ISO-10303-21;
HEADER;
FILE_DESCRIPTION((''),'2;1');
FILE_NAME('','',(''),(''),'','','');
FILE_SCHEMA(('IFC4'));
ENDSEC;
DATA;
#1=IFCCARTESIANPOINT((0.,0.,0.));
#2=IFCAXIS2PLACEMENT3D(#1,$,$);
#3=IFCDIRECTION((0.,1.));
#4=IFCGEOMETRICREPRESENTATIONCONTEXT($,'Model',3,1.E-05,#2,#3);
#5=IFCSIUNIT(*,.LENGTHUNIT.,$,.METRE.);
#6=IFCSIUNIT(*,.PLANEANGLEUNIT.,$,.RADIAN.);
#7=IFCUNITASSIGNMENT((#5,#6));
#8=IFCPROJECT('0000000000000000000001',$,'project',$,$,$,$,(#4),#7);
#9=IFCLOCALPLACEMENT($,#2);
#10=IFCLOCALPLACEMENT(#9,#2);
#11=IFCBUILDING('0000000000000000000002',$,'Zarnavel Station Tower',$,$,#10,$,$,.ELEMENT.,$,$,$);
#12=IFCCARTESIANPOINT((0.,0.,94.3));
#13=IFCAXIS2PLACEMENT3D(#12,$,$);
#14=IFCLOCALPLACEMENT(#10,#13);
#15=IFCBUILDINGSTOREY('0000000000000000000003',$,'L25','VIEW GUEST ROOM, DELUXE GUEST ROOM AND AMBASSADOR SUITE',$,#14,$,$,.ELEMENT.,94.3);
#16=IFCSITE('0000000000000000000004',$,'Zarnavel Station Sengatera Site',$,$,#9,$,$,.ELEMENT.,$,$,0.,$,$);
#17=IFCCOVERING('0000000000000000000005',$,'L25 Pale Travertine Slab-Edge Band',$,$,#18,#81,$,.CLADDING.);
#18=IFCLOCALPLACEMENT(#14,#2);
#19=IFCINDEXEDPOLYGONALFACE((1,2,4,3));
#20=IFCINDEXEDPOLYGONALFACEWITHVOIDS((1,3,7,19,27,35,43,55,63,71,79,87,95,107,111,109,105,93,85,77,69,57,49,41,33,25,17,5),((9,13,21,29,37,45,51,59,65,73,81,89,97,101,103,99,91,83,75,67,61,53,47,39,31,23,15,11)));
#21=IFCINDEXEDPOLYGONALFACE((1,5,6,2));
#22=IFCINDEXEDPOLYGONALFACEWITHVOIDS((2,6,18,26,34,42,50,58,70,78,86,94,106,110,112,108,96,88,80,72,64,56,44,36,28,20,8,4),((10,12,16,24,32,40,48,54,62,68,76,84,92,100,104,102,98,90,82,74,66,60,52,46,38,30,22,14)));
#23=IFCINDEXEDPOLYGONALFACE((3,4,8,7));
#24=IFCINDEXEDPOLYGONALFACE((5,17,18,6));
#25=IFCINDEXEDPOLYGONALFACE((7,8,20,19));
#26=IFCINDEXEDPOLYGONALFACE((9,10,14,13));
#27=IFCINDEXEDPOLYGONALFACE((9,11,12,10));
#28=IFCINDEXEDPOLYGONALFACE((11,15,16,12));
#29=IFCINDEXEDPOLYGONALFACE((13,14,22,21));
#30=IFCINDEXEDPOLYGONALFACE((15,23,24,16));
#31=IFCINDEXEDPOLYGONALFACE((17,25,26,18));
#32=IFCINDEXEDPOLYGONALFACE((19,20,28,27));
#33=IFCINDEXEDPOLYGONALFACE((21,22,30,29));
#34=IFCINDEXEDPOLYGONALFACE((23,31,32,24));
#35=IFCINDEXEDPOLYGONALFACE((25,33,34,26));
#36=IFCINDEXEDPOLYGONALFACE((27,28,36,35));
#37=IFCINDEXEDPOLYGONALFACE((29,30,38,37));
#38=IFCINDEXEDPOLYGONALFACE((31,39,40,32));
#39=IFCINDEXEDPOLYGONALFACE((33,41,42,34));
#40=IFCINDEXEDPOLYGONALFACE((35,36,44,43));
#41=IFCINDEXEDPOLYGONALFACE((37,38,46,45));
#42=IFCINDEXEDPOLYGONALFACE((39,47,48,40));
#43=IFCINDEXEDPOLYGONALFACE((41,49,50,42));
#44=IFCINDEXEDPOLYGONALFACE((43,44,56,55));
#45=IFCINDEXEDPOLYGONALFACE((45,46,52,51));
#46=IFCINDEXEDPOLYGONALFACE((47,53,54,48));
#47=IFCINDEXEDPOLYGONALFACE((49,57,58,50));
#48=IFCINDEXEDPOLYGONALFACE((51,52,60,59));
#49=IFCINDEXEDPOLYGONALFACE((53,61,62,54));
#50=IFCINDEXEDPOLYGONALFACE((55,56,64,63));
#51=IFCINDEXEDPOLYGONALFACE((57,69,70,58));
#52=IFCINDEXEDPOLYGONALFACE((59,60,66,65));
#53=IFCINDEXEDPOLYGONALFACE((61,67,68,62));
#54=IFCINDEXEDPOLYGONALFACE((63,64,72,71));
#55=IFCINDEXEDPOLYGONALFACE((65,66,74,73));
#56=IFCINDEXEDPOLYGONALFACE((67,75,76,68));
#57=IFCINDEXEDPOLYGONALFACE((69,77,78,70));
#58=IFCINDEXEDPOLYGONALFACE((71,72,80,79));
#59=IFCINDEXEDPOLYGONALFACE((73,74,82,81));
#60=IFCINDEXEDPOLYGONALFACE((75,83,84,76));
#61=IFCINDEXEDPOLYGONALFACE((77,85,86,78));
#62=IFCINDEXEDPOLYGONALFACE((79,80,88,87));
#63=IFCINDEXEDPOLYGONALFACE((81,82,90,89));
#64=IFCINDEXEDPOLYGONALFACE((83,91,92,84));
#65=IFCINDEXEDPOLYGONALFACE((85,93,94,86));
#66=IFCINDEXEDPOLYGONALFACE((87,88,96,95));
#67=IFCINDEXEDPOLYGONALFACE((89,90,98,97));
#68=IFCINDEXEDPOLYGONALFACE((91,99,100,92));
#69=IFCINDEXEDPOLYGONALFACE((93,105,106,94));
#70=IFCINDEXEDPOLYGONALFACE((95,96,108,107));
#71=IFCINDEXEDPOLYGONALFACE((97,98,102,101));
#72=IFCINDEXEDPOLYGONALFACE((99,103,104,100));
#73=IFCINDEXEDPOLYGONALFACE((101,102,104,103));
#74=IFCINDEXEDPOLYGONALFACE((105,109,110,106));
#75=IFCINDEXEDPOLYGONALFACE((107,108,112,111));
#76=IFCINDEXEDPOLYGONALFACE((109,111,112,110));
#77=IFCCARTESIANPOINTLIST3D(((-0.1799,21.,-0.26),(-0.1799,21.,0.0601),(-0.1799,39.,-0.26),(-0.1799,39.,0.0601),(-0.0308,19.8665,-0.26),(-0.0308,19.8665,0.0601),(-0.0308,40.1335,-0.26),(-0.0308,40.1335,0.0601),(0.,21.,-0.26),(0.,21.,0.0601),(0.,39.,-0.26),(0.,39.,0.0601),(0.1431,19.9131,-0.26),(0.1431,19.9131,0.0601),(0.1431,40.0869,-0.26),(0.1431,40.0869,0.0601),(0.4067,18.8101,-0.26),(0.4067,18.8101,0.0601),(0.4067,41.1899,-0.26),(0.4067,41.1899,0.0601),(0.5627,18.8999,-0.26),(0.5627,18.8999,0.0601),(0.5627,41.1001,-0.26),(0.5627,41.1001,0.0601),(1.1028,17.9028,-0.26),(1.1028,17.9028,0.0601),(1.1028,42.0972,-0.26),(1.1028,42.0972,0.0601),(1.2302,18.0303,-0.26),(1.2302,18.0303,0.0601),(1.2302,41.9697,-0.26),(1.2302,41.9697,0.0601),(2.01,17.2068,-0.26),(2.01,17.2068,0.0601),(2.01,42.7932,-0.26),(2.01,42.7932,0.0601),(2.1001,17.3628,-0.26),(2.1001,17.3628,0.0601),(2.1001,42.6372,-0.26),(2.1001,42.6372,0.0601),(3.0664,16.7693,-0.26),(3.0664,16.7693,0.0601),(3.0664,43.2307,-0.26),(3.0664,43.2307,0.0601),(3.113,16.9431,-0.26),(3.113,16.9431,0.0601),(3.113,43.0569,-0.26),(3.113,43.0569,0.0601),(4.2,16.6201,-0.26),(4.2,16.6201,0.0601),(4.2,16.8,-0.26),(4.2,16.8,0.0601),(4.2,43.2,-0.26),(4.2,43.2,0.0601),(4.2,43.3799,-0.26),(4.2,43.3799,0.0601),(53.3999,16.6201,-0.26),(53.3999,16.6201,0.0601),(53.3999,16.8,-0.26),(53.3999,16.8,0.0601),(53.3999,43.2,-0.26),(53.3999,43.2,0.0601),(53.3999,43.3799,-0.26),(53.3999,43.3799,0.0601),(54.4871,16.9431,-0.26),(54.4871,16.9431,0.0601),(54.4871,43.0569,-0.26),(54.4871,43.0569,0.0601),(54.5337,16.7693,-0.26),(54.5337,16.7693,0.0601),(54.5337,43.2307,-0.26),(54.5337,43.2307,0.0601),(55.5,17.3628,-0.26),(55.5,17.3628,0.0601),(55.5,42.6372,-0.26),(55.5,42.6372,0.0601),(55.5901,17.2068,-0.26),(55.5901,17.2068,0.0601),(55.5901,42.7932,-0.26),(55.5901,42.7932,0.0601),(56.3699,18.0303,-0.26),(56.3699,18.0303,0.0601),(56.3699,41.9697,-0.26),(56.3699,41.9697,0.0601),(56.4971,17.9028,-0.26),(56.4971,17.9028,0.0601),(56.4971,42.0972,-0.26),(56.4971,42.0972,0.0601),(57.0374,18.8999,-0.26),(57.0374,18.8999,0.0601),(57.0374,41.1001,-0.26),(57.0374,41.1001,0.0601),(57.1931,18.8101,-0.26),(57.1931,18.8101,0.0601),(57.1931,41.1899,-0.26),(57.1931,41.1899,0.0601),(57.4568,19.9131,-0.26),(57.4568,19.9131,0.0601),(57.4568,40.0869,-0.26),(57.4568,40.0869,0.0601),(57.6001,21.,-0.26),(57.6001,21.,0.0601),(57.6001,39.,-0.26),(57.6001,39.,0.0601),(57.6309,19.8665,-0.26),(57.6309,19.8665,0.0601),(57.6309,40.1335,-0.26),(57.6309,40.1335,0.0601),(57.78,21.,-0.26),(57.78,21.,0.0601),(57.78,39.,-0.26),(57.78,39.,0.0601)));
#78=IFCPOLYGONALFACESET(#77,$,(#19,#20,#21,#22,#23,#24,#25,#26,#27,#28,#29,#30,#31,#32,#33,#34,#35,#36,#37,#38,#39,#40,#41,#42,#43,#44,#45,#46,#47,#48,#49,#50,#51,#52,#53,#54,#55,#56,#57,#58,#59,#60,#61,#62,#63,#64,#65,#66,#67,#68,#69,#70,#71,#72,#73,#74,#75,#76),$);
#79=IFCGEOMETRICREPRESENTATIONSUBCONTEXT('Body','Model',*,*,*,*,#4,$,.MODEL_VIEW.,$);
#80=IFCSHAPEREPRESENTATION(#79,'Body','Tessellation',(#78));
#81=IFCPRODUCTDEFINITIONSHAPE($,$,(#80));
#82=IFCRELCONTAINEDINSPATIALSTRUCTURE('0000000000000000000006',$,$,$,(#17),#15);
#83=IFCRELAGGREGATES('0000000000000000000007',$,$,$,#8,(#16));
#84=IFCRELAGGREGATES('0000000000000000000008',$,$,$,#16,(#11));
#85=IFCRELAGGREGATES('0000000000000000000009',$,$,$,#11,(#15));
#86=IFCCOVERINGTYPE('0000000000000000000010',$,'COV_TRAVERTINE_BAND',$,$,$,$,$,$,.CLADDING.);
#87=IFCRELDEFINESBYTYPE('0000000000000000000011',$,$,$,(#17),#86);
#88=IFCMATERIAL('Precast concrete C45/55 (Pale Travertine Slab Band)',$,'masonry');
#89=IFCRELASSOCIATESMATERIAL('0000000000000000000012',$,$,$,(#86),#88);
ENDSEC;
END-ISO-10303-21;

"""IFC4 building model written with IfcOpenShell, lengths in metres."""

from ifc_helpers import new_model, si_unit, direction, frame, origin, place, context, subcontext, project, spatial, polyline, outline, extrude, material, type_object, element, save


model = new_model("IFC4")

# Units and contexts
model_context = context("Model", 3, precision=1e-05, world=origin(), true_north=direction((0.0, 1.0)))
body_context = subcontext(model_context, "Body", "Model", "MODEL_VIEW")
ifc_project = project(units=[si_unit("LENGTHUNIT", "METRE"), si_unit("PLANEANGLEUNIT", "RADIAN")], contexts=[model_context])

# Site, building, storey
site_placement = place(None, origin())
site = spatial("IfcSite", under=ifc_project, at=site_placement, Name="Zarnavel Station Sengatera Site", CompositionType="ELEMENT", RefElevation=0.0)
building_placement = place(site_placement, origin())
building = spatial("IfcBuilding", under=site, at=building_placement, Name="Zarnavel Station Tower", CompositionType="ELEMENT")
storey_placement = place(building_placement, frame((0.0, 0.0, 94.3)))
storey = spatial("IfcBuildingStorey", under=building, at=storey_placement, Name="L25", Description="VIEW GUEST ROOM, DELUXE GUEST ROOM AND AMBASSADOR SUITE", CompositionType="ELEMENT", Elevation=94.3)

# Covering
ifc_material_1 = material(Name="Precast concrete C45/55 (Pale Travertine Slab Band)", Category="masonry")
covering_type_1 = type_object("IfcCoveringType", Name="COV_TRAVERTINE_BAND", PredefinedType="CLADDING", material=ifc_material_1)
covering_1_placement = place(storey_placement, frame((0.0, 0.0, -0.26)))
element("IfcCovering", 1, at=covering_1_placement, inside=storey, type_object=covering_type_1, Name="L25 Pale Travertine Slab-Edge Band", PredefinedType="CLADDING", context=body_context, shape_type="SweptSolid", body=[
    extrude(outline(polyline([(53.3999, 16.6201), (54.5337, 16.7693), (55.5901, 17.2068), (56.4971, 17.9028), (57.1931, 18.8101), (57.6309, 19.8665), (57.78, 21.0), (57.78, 39.0), (57.6309, 40.1335), (57.1931, 41.1899), (56.4971, 42.0972), (55.5901, 42.7932), (54.5337, 43.2307), (53.3999, 43.3799), (4.2, 43.3799), (3.0664, 43.2307), (2.01, 42.7932), (1.1028, 42.0972), (0.4067, 41.1899), (-0.0308, 40.1335), (-0.1799, 39.0), (-0.1799, 21.0), (-0.0308, 19.8665), (0.4067, 18.8101), (1.1028, 17.9028), (2.01, 17.2068), (3.0664, 16.7693), (4.2, 16.6201), (53.3999, 16.6201)]), holes=[polyline([(53.3999, 16.8), (54.4871, 16.9431), (55.5, 17.3628), (56.3699, 18.0303), (57.0374, 18.8999), (57.4568, 19.9131), (57.6001, 21.0), (57.6001, 39.0), (57.4568, 40.0869), (57.0374, 41.1001), (56.3699, 41.9697), (55.5, 42.6372), (54.4871, 43.0569), (53.3999, 43.2), (4.2, 43.2), (3.113, 43.0569), (2.1001, 42.6372), (1.2302, 41.9697), (0.5627, 41.1001), (0.1431, 40.0869), (0.0, 39.0), (0.0, 21.0), (0.1431, 19.9131), (0.5627, 18.8999), (1.2302, 18.0303), (2.1001, 17.3628), (3.113, 16.9431), (4.2, 16.8), (53.3999, 16.8)])]), origin(), (0.0, 0.0, 1.0), 0.3201),
])

save(model, "model.ifc")
